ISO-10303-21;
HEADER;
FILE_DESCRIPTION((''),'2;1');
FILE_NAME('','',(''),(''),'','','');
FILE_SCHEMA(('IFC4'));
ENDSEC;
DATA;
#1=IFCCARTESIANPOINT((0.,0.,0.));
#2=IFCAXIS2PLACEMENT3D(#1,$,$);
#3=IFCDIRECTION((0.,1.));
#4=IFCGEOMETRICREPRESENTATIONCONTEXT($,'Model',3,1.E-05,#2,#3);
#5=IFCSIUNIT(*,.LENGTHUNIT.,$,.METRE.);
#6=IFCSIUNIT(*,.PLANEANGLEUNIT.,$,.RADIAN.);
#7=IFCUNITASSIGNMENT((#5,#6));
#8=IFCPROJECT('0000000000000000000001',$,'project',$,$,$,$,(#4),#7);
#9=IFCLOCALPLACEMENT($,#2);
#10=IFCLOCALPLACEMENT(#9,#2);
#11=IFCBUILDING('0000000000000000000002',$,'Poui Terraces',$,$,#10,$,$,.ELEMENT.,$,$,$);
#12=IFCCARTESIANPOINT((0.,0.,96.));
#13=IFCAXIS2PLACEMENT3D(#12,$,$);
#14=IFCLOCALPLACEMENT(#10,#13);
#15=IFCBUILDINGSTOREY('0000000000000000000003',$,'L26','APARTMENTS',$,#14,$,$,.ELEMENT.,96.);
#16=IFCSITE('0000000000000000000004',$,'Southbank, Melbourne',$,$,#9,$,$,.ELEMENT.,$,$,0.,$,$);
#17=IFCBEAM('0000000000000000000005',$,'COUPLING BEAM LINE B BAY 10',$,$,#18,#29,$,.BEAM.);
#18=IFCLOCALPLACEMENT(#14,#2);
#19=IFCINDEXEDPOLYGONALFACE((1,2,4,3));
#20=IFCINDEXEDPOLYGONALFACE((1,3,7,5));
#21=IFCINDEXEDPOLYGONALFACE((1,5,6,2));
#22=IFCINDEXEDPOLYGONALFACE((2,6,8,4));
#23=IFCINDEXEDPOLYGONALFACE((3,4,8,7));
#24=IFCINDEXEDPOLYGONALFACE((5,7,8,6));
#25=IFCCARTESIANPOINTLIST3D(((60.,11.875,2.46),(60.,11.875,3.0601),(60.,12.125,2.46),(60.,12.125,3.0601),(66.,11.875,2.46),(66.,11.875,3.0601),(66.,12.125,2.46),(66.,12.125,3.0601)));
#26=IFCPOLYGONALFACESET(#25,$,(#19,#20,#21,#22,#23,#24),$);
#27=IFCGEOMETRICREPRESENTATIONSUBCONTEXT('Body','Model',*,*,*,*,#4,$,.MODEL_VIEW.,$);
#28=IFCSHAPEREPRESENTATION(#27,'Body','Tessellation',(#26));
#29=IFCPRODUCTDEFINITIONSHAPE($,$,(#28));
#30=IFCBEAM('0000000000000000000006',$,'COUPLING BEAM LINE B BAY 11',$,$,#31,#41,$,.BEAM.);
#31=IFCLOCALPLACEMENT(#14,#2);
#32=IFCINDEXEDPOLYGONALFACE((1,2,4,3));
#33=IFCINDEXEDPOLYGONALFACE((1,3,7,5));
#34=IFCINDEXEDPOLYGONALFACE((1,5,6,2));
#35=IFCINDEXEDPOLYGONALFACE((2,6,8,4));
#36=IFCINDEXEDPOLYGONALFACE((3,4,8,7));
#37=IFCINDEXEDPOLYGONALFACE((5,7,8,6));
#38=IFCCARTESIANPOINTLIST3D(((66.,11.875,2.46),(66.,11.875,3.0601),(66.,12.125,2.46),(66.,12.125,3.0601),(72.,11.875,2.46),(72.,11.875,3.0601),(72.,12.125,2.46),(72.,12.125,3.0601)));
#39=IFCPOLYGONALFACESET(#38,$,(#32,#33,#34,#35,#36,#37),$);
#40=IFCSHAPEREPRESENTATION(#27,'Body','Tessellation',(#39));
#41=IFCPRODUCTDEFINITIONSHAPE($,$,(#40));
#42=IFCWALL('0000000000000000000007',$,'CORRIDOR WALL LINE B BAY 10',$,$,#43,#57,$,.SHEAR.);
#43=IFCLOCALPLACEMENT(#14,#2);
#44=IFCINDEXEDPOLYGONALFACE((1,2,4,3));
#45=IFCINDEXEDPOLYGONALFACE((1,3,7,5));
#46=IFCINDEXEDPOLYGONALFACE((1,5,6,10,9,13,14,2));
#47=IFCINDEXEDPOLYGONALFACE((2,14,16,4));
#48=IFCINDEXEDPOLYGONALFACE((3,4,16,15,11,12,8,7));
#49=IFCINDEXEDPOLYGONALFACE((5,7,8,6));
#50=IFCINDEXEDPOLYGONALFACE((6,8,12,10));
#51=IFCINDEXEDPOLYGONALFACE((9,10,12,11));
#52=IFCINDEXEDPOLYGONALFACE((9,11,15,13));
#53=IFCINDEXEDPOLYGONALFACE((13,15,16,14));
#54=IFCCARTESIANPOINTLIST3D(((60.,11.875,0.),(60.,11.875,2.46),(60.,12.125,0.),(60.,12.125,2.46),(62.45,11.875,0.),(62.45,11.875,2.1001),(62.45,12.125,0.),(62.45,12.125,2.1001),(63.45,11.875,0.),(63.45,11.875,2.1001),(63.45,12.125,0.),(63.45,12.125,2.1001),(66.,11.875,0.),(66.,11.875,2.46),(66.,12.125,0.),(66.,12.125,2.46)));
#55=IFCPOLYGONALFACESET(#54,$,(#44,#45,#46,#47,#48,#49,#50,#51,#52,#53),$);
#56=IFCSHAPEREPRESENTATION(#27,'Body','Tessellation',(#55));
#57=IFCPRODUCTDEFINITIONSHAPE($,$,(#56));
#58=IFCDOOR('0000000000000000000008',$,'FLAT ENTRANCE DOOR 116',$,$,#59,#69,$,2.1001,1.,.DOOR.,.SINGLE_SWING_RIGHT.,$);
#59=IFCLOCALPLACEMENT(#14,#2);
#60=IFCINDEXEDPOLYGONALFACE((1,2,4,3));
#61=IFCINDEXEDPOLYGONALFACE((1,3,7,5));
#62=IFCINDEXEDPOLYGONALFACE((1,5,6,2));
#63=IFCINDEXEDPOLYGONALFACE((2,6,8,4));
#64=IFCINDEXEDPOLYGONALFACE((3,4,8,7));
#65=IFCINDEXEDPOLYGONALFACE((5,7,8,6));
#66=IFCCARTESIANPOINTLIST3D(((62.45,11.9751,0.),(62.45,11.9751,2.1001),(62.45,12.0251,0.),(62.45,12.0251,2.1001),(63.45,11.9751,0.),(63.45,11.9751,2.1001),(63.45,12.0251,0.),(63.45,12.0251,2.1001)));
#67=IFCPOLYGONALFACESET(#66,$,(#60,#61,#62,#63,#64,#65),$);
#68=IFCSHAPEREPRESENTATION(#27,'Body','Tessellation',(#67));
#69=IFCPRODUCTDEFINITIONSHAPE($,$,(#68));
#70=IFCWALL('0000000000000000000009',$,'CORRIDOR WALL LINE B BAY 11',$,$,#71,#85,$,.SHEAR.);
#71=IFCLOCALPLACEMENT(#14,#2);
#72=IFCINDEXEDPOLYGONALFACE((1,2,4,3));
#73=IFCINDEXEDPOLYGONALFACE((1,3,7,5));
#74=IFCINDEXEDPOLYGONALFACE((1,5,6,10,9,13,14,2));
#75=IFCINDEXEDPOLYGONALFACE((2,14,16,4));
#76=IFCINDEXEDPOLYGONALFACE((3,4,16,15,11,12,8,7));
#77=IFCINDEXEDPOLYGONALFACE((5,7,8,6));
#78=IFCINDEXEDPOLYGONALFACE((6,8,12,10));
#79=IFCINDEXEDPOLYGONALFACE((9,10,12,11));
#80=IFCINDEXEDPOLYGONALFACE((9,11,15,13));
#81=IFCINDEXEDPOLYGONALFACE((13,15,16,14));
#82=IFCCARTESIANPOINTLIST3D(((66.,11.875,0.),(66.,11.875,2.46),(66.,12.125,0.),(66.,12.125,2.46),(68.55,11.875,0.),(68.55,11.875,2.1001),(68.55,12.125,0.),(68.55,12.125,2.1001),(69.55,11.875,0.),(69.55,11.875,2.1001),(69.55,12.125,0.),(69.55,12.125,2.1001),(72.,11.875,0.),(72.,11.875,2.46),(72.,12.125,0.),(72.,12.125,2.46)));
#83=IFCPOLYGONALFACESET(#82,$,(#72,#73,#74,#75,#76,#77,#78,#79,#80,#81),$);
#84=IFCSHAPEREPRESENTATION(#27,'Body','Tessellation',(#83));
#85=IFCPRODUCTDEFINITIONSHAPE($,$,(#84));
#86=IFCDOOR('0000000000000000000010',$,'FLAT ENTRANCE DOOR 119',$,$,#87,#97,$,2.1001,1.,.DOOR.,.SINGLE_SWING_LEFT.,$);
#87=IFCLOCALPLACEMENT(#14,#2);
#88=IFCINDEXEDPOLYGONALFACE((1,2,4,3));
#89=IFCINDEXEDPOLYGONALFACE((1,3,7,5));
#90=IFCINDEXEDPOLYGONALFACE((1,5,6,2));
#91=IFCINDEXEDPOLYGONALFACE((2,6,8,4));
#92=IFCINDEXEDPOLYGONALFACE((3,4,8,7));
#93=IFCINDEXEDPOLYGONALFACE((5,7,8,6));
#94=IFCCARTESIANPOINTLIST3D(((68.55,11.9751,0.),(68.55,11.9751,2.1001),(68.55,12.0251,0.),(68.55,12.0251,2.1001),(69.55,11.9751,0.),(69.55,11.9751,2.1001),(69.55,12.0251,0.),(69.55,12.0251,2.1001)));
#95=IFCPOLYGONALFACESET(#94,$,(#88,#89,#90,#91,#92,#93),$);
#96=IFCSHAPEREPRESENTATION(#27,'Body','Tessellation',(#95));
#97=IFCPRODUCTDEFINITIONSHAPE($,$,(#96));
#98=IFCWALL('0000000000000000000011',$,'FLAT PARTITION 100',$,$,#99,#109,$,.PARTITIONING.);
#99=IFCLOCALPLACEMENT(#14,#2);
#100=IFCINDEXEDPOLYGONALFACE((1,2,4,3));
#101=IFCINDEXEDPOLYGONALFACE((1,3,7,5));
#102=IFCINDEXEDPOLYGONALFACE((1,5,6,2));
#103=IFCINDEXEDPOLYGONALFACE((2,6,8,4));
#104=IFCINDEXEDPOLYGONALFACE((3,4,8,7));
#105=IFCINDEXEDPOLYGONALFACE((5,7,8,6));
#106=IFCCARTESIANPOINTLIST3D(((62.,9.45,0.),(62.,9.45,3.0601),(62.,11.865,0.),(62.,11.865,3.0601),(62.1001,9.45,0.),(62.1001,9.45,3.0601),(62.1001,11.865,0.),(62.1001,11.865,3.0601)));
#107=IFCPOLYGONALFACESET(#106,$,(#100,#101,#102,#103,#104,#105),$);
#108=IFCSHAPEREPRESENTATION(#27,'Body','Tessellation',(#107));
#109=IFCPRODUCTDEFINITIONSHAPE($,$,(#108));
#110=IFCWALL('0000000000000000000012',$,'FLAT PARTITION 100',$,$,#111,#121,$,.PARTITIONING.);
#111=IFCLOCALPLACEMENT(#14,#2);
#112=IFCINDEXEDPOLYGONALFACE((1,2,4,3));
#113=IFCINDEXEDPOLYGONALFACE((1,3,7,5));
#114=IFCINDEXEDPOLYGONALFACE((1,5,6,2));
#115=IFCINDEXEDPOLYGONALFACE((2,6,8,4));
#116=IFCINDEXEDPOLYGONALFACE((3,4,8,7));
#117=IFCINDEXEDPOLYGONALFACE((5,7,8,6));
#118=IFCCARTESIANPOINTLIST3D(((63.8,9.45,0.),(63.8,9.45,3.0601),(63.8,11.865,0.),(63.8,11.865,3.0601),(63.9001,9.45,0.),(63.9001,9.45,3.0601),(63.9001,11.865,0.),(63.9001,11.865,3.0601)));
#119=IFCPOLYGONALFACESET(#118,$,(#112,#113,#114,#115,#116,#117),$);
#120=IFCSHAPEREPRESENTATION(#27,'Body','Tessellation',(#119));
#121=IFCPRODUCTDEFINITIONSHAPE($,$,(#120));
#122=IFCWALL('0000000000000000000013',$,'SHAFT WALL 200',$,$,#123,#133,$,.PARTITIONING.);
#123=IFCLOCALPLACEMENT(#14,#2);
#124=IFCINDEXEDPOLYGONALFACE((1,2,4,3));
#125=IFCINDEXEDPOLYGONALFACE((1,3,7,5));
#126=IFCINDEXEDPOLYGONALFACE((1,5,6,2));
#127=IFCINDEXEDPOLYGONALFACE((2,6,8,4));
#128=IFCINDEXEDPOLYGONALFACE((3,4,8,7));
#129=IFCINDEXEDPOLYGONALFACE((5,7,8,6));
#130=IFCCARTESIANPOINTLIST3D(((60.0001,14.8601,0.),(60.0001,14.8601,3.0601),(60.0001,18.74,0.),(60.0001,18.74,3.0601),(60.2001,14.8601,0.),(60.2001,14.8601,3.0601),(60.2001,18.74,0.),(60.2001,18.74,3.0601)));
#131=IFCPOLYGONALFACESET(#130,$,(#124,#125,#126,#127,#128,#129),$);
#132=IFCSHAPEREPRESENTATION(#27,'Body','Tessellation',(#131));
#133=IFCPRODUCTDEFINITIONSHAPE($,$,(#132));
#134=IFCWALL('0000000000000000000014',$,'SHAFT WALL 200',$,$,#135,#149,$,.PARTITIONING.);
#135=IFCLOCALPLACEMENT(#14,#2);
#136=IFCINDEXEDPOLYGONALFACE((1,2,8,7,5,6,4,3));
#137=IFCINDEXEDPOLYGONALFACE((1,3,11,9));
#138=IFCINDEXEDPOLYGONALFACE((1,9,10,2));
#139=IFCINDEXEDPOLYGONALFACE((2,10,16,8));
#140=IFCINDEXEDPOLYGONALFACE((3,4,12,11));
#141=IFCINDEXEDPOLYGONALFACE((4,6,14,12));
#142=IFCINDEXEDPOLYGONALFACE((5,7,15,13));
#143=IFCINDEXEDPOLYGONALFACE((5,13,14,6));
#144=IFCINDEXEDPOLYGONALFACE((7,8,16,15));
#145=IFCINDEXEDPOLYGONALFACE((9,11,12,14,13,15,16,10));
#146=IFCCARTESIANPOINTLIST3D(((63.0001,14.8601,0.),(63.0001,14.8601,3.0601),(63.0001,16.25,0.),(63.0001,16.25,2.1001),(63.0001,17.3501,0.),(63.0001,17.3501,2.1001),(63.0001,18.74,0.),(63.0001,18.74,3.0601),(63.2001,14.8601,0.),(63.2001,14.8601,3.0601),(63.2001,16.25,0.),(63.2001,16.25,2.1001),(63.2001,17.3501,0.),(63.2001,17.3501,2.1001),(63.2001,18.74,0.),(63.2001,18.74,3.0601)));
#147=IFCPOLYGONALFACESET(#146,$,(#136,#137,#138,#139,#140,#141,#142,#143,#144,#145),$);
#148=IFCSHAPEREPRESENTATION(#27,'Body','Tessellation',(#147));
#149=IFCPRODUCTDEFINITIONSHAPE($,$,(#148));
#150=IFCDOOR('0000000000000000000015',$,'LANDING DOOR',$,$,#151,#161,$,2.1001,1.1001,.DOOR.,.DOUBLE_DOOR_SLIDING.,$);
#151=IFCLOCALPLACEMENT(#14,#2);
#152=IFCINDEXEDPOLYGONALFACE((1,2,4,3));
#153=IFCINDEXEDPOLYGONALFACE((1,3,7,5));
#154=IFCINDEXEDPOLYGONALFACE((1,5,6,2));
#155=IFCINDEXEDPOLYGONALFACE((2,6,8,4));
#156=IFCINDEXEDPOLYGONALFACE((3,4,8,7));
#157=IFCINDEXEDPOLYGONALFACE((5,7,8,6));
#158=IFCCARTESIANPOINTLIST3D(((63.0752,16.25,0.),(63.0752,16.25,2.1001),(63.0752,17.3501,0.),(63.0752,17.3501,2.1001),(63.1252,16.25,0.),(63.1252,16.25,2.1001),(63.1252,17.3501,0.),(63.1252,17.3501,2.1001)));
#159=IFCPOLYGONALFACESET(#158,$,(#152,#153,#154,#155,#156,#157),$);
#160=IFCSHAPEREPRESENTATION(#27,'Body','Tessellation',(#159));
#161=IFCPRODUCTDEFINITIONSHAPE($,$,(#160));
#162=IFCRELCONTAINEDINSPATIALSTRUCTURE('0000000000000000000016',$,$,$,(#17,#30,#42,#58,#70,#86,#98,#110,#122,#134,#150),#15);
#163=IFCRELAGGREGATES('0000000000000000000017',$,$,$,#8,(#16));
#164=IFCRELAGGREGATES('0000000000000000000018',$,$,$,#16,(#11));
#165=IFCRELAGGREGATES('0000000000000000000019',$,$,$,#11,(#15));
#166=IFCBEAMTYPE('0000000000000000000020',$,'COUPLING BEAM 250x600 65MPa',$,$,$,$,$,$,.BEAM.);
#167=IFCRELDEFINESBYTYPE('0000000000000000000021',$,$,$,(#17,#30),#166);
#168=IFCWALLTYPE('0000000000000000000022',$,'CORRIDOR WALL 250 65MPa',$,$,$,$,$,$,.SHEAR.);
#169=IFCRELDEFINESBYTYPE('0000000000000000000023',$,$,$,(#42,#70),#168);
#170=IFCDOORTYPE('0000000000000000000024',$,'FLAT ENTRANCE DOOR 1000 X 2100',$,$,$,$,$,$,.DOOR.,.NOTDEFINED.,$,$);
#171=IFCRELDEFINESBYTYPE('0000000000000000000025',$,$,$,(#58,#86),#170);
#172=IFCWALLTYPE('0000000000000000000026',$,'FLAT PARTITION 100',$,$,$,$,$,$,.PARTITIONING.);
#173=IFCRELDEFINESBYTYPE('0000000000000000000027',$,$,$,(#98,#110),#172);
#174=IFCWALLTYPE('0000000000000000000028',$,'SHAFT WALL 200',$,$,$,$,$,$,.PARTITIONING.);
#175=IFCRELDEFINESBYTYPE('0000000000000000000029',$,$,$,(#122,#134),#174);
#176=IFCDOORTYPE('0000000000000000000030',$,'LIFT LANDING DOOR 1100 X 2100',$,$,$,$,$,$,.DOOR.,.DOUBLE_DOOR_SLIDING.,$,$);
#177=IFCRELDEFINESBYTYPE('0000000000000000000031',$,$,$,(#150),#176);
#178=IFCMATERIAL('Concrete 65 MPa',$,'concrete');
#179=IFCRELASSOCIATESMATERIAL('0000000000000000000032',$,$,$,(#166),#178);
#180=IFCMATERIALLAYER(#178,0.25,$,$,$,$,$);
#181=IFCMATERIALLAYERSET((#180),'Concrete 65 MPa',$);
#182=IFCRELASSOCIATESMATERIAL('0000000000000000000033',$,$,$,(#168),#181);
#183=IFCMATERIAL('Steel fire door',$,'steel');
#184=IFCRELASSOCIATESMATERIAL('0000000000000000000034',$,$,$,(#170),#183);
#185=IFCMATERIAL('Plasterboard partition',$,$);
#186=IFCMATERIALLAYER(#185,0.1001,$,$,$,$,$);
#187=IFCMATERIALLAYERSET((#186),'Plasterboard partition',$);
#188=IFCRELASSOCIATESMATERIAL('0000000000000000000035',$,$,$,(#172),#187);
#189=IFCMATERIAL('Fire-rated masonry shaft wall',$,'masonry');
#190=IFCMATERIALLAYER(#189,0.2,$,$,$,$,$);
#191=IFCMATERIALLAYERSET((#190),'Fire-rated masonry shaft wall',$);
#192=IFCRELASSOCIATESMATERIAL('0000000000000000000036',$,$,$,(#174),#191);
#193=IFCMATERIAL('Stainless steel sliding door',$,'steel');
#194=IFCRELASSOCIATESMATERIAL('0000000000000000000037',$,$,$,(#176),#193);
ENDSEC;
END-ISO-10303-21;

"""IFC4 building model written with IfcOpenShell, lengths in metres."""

from ifc_helpers import new_model, si_unit, direction, frame, frame_2d, origin, origin_2d, place, context, subcontext, project, spatial, rectangle, extrude, source, transform, mapped, material, layer, layer_set, material_profile, profile_set, type_object, element, fill, save


model = new_model("IFC4")

# Units and contexts
model_context = context("Model", 3, precision=1e-05, world=origin(), true_north=direction((0.0, 1.0)))
body_context = subcontext(model_context, "Body", "Model", "MODEL_VIEW")
ifc_project = project(units=[si_unit("LENGTHUNIT", "METRE"), si_unit("PLANEANGLEUNIT", "RADIAN")], contexts=[model_context])

# Site, building, storey
site_placement = place(None, origin())
site = spatial("IfcSite", under=ifc_project, at=site_placement, Name="Southbank, Melbourne", CompositionType="ELEMENT", RefElevation=0.0)
building_placement = place(site_placement, origin())
building = spatial("IfcBuilding", under=site, at=building_placement, Name="Poui Terraces", CompositionType="ELEMENT")
storey_placement = place(building_placement, frame((0.0, 0.0, 96.0)))
storey = spatial("IfcBuildingStorey", under=building, at=storey_placement, Name="L26", Description="APARTMENTS", CompositionType="ELEMENT", Elevation=96.0)

# Beams
ifc_material_1 = material(Name="Concrete 65 MPa", Category="concrete")
ifc_material_profile = material_profile(ifc_material_1, rectangle(XDim=0.25, YDim=0.6001, at=origin_2d()), Name="RC 250x600")
ifc_profile_set = profile_set([ifc_material_profile], Name="Concrete 65 MPa")
beam_type = type_object("IfcBeamType", Name="COUPLING BEAM 250x600 65MPa", PredefinedType="BEAM", material=ifc_profile_set)
shared_shape = source(origin(), body_context, "Body", "SweptSolid", [
    extrude(rectangle(XDim=0.25, YDim=0.6001, at=origin_2d()), origin(), (0.0, 0.0, 1.0), 6.0),
])
for number, where, z_axis, x_axis, name in (
    (1, (60.0, 12.0, 2.76), (1.0, 0.0, 0.0), (0.0, 1.0, 0.0), "COUPLING BEAM LINE B BAY 10"),
    (2, (66.0, 12.0, 2.76), (1.0, 0.0, 0.0), (0.0, 1.0, 0.0), "COUPLING BEAM LINE B BAY 11"),
):
    element("IfcBeam", number, at=place(storey_placement, frame(where, z_axis=z_axis, x_axis=x_axis)), inside=storey, type_object=beam_type, Name=name, PredefinedType="BEAM", context=body_context, shape_type="MappedRepresentation", body=[
        mapped(shared_shape, transform((0.0, 0.0, 0.0))),
    ])

# Walls, openings, doors
ifc_layer_1 = layer(ifc_material_1, 0.25)
ifc_layer_set_1 = layer_set([ifc_layer_1], Name="Concrete 65 MPa")
wall_type_1 = type_object("IfcWallType", Name="CORRIDOR WALL 250 65MPa", PredefinedType="SHEAR", material=ifc_layer_set_1)
wall_1_placement = place(storey_placement, frame((60.0, 12.0, 0.0), z_axis=(0.0, 0.0, 1.0), x_axis=(1.0, 0.0, 0.0)))
wall_1 = element("IfcWall", 3, at=wall_1_placement, inside=storey, type_object=wall_type_1, Name="CORRIDOR WALL LINE B BAY 10", PredefinedType="SHEAR", context=body_context, shape_type="SweptSolid", body=[
    extrude(rectangle(XDim=6.0, YDim=0.25, at=frame_2d((3.0, 0.0))), origin(), (0.0, 0.0, 1.0), 2.46),
])
opening_1_placement = place(wall_1_placement, frame((2.45, 0.0, 0.0)))
opening_1 = element("IfcOpeningElement", 4, at=opening_1_placement, cuts=wall_1, PredefinedType="OPENING", context=body_context, shape_type="SweptSolid", body=[
    extrude(rectangle(XDim=1.0, YDim=2.1001, at=frame_2d((0.5, 1.05))), frame((0.0, 0.135, 0.0), z_axis=(0.0, -1.0, 0.0), x_axis=(1.0, 0.0, 0.0)), (0.0, 0.0, 1.0), 0.27),
])
ifc_material_2 = material(Name="Steel fire door", Category="steel")
door_type_1 = type_object("IfcDoorType", Name="FLAT ENTRANCE DOOR 1000 X 2100", OperationType="NOTDEFINED", PredefinedType="DOOR", material=ifc_material_2)
door_1_placement = place(opening_1_placement, frame((1.0, 0.0, 0.0), z_axis=(0.0, 0.0, 1.0), x_axis=(-1.0, 0.0, 0.0)))
door_1 = element("IfcDoor", 5, at=door_1_placement, inside=storey, type_object=door_type_1, Name="FLAT ENTRANCE DOOR 116", OperationType="SINGLE_SWING_RIGHT", OverallHeight=2.1001, OverallWidth=1.0, PredefinedType="DOOR", context=body_context, shape_type="SweptSolid", body=[
    extrude(rectangle(XDim=1.0, YDim=2.1001, at=frame_2d((0.5, 1.05))), frame((0.0, 0.0249, 0.0), z_axis=(0.0, -1.0, 0.0), x_axis=(1.0, 0.0, 0.0)), (0.0, 0.0, 1.0), 0.05),
])
fill(opening_1, door_1)
wall_2_placement = place(storey_placement, frame((66.0, 12.0, 0.0), z_axis=(0.0, 0.0, 1.0), x_axis=(1.0, 0.0, 0.0)))
wall_2 = element("IfcWall", 6, at=wall_2_placement, inside=storey, type_object=wall_type_1, Name="CORRIDOR WALL LINE B BAY 11", PredefinedType="SHEAR", context=body_context, shape_type="SweptSolid", body=[
    extrude(rectangle(XDim=6.0, YDim=0.25, at=frame_2d((3.0, 0.0))), origin(), (0.0, 0.0, 1.0), 2.46),
])
opening_2_placement = place(wall_2_placement, frame((2.55, 0.0, 0.0)))
opening_2 = element("IfcOpeningElement", 7, at=opening_2_placement, cuts=wall_2, PredefinedType="OPENING", context=body_context, shape_type="SweptSolid", body=[
    extrude(rectangle(XDim=1.0, YDim=2.1001, at=frame_2d((0.5, 1.05))), frame((0.0, 0.135, 0.0), z_axis=(0.0, -1.0, 0.0), x_axis=(1.0, 0.0, 0.0)), (0.0, 0.0, 1.0), 0.27),
])
door_2_placement = place(opening_2_placement, frame((1.0, 0.0, 0.0), z_axis=(0.0, 0.0, 1.0), x_axis=(-1.0, 0.0, 0.0)))
door_2 = element("IfcDoor", 8, at=door_2_placement, inside=storey, type_object=door_type_1, Name="FLAT ENTRANCE DOOR 119", OperationType="SINGLE_SWING_LEFT", OverallHeight=2.1001, OverallWidth=1.0, PredefinedType="DOOR", context=body_context, shape_type="SweptSolid", body=[
    extrude(rectangle(XDim=1.0, YDim=2.1001, at=frame_2d((0.5, 1.05))), frame((0.0, 0.0249, 0.0), z_axis=(0.0, -1.0, 0.0), x_axis=(1.0, 0.0, 0.0)), (0.0, 0.0, 1.0), 0.05),
])
fill(opening_2, door_2)

# Walls
ifc_material_3 = material(Name="Plasterboard partition")
ifc_layer_2 = layer(ifc_material_3, 0.1001)
ifc_layer_set_2 = layer_set([ifc_layer_2], Name="Plasterboard partition")
wall_type_2 = type_object("IfcWallType", Name="FLAT PARTITION 100", PredefinedType="PARTITIONING", material=ifc_layer_set_2)
for number, where, z_axis, x_axis, name in (
    (9, (62.05, 9.45, 0.0), (0.0, 0.0, 1.0), (0.0, 1.0, 0.0), "FLAT PARTITION 100"),
    (10, (63.8501, 9.45, 0.0), (0.0, 0.0, 1.0), (0.0, 1.0, 0.0), "FLAT PARTITION 100"),
):
    element("IfcWall", number, at=place(storey_placement, frame(where, z_axis=z_axis, x_axis=x_axis)), inside=storey, type_object=wall_type_2, Name=name, PredefinedType="PARTITIONING", context=body_context, shape_type="SweptSolid", body=[
        extrude(rectangle(XDim=2.415, YDim=0.1001, at=frame_2d((1.2075, 0.0))), origin(), (0.0, 0.0, 1.0), 3.0601),
    ])
ifc_material_4 = material(Name="Fire-rated masonry shaft wall", Category="masonry")
ifc_layer_3 = layer(ifc_material_4, 0.2)
ifc_layer_set_3 = layer_set([ifc_layer_3], Name="Fire-rated masonry shaft wall")
wall_type_3 = type_object("IfcWallType", Name="SHAFT WALL 200", PredefinedType="PARTITIONING", material=ifc_layer_set_3)
wall_3_placement = place(storey_placement, frame((60.1001, 14.8601, 0.0), z_axis=(0.0, 0.0, 1.0), x_axis=(0.0, 1.0, 0.0)))
element("IfcWall", 11, at=wall_3_placement, inside=storey, type_object=wall_type_3, Name="SHAFT WALL 200", PredefinedType="PARTITIONING", context=body_context, shape_type="SweptSolid", body=[
    extrude(rectangle(XDim=3.8799, YDim=0.2, at=frame_2d((1.9399, 0.0))), origin(), (0.0, 0.0, 1.0), 3.0601),
])

# Wall, opening, door
wall_4_placement = place(storey_placement, frame((63.1001, 14.8601, 0.0), z_axis=(0.0, 0.0, 1.0), x_axis=(0.0, 1.0, 0.0)))
wall_4 = element("IfcWall", 12, at=wall_4_placement, inside=storey, type_object=wall_type_3, Name="SHAFT WALL 200", PredefinedType="PARTITIONING", context=body_context, shape_type="SweptSolid", body=[
    extrude(rectangle(XDim=3.8799, YDim=0.2, at=frame_2d((1.9399, 0.0))), origin(), (0.0, 0.0, 1.0), 3.0601),
])
opening_3_placement = place(wall_4_placement, frame((1.3899, 0.0, 0.0)))
opening_3 = element("IfcOpeningElement", 13, at=opening_3_placement, cuts=wall_4, PredefinedType="OPENING", context=body_context, shape_type="SweptSolid", body=[
    extrude(rectangle(XDim=1.1001, YDim=2.1001, at=frame_2d((0.55, 1.05))), frame((0.0, 0.1099, 0.0), z_axis=(0.0, -1.0, 0.0), x_axis=(1.0, 0.0, 0.0)), (0.0, 0.0, 1.0), 0.22),
])
ifc_material_5 = material(Name="Stainless steel sliding door", Category="steel")
door_type_2 = type_object("IfcDoorType", Name="LIFT LANDING DOOR 1100 X 2100", OperationType="DOUBLE_DOOR_SLIDING", PredefinedType="DOOR", material=ifc_material_5)
door_3_placement = place(opening_3_placement, origin())
door_3 = element("IfcDoor", 14, at=door_3_placement, inside=storey, type_object=door_type_2, Name="LANDING DOOR", OperationType="DOUBLE_DOOR_SLIDING", OverallHeight=2.1001, OverallWidth=1.1001, PredefinedType="DOOR", context=body_context, shape_type="SweptSolid", body=[
    extrude(rectangle(XDim=1.1001, YDim=2.1001, at=frame_2d((0.55, 1.05))), frame((0.0, 0.0249, 0.0), z_axis=(0.0, -1.0, 0.0), x_axis=(1.0, 0.0, 0.0)), (0.0, 0.0, 1.0), 0.05),
])
fill(opening_3, door_3)

save(model, "model.ifc")
